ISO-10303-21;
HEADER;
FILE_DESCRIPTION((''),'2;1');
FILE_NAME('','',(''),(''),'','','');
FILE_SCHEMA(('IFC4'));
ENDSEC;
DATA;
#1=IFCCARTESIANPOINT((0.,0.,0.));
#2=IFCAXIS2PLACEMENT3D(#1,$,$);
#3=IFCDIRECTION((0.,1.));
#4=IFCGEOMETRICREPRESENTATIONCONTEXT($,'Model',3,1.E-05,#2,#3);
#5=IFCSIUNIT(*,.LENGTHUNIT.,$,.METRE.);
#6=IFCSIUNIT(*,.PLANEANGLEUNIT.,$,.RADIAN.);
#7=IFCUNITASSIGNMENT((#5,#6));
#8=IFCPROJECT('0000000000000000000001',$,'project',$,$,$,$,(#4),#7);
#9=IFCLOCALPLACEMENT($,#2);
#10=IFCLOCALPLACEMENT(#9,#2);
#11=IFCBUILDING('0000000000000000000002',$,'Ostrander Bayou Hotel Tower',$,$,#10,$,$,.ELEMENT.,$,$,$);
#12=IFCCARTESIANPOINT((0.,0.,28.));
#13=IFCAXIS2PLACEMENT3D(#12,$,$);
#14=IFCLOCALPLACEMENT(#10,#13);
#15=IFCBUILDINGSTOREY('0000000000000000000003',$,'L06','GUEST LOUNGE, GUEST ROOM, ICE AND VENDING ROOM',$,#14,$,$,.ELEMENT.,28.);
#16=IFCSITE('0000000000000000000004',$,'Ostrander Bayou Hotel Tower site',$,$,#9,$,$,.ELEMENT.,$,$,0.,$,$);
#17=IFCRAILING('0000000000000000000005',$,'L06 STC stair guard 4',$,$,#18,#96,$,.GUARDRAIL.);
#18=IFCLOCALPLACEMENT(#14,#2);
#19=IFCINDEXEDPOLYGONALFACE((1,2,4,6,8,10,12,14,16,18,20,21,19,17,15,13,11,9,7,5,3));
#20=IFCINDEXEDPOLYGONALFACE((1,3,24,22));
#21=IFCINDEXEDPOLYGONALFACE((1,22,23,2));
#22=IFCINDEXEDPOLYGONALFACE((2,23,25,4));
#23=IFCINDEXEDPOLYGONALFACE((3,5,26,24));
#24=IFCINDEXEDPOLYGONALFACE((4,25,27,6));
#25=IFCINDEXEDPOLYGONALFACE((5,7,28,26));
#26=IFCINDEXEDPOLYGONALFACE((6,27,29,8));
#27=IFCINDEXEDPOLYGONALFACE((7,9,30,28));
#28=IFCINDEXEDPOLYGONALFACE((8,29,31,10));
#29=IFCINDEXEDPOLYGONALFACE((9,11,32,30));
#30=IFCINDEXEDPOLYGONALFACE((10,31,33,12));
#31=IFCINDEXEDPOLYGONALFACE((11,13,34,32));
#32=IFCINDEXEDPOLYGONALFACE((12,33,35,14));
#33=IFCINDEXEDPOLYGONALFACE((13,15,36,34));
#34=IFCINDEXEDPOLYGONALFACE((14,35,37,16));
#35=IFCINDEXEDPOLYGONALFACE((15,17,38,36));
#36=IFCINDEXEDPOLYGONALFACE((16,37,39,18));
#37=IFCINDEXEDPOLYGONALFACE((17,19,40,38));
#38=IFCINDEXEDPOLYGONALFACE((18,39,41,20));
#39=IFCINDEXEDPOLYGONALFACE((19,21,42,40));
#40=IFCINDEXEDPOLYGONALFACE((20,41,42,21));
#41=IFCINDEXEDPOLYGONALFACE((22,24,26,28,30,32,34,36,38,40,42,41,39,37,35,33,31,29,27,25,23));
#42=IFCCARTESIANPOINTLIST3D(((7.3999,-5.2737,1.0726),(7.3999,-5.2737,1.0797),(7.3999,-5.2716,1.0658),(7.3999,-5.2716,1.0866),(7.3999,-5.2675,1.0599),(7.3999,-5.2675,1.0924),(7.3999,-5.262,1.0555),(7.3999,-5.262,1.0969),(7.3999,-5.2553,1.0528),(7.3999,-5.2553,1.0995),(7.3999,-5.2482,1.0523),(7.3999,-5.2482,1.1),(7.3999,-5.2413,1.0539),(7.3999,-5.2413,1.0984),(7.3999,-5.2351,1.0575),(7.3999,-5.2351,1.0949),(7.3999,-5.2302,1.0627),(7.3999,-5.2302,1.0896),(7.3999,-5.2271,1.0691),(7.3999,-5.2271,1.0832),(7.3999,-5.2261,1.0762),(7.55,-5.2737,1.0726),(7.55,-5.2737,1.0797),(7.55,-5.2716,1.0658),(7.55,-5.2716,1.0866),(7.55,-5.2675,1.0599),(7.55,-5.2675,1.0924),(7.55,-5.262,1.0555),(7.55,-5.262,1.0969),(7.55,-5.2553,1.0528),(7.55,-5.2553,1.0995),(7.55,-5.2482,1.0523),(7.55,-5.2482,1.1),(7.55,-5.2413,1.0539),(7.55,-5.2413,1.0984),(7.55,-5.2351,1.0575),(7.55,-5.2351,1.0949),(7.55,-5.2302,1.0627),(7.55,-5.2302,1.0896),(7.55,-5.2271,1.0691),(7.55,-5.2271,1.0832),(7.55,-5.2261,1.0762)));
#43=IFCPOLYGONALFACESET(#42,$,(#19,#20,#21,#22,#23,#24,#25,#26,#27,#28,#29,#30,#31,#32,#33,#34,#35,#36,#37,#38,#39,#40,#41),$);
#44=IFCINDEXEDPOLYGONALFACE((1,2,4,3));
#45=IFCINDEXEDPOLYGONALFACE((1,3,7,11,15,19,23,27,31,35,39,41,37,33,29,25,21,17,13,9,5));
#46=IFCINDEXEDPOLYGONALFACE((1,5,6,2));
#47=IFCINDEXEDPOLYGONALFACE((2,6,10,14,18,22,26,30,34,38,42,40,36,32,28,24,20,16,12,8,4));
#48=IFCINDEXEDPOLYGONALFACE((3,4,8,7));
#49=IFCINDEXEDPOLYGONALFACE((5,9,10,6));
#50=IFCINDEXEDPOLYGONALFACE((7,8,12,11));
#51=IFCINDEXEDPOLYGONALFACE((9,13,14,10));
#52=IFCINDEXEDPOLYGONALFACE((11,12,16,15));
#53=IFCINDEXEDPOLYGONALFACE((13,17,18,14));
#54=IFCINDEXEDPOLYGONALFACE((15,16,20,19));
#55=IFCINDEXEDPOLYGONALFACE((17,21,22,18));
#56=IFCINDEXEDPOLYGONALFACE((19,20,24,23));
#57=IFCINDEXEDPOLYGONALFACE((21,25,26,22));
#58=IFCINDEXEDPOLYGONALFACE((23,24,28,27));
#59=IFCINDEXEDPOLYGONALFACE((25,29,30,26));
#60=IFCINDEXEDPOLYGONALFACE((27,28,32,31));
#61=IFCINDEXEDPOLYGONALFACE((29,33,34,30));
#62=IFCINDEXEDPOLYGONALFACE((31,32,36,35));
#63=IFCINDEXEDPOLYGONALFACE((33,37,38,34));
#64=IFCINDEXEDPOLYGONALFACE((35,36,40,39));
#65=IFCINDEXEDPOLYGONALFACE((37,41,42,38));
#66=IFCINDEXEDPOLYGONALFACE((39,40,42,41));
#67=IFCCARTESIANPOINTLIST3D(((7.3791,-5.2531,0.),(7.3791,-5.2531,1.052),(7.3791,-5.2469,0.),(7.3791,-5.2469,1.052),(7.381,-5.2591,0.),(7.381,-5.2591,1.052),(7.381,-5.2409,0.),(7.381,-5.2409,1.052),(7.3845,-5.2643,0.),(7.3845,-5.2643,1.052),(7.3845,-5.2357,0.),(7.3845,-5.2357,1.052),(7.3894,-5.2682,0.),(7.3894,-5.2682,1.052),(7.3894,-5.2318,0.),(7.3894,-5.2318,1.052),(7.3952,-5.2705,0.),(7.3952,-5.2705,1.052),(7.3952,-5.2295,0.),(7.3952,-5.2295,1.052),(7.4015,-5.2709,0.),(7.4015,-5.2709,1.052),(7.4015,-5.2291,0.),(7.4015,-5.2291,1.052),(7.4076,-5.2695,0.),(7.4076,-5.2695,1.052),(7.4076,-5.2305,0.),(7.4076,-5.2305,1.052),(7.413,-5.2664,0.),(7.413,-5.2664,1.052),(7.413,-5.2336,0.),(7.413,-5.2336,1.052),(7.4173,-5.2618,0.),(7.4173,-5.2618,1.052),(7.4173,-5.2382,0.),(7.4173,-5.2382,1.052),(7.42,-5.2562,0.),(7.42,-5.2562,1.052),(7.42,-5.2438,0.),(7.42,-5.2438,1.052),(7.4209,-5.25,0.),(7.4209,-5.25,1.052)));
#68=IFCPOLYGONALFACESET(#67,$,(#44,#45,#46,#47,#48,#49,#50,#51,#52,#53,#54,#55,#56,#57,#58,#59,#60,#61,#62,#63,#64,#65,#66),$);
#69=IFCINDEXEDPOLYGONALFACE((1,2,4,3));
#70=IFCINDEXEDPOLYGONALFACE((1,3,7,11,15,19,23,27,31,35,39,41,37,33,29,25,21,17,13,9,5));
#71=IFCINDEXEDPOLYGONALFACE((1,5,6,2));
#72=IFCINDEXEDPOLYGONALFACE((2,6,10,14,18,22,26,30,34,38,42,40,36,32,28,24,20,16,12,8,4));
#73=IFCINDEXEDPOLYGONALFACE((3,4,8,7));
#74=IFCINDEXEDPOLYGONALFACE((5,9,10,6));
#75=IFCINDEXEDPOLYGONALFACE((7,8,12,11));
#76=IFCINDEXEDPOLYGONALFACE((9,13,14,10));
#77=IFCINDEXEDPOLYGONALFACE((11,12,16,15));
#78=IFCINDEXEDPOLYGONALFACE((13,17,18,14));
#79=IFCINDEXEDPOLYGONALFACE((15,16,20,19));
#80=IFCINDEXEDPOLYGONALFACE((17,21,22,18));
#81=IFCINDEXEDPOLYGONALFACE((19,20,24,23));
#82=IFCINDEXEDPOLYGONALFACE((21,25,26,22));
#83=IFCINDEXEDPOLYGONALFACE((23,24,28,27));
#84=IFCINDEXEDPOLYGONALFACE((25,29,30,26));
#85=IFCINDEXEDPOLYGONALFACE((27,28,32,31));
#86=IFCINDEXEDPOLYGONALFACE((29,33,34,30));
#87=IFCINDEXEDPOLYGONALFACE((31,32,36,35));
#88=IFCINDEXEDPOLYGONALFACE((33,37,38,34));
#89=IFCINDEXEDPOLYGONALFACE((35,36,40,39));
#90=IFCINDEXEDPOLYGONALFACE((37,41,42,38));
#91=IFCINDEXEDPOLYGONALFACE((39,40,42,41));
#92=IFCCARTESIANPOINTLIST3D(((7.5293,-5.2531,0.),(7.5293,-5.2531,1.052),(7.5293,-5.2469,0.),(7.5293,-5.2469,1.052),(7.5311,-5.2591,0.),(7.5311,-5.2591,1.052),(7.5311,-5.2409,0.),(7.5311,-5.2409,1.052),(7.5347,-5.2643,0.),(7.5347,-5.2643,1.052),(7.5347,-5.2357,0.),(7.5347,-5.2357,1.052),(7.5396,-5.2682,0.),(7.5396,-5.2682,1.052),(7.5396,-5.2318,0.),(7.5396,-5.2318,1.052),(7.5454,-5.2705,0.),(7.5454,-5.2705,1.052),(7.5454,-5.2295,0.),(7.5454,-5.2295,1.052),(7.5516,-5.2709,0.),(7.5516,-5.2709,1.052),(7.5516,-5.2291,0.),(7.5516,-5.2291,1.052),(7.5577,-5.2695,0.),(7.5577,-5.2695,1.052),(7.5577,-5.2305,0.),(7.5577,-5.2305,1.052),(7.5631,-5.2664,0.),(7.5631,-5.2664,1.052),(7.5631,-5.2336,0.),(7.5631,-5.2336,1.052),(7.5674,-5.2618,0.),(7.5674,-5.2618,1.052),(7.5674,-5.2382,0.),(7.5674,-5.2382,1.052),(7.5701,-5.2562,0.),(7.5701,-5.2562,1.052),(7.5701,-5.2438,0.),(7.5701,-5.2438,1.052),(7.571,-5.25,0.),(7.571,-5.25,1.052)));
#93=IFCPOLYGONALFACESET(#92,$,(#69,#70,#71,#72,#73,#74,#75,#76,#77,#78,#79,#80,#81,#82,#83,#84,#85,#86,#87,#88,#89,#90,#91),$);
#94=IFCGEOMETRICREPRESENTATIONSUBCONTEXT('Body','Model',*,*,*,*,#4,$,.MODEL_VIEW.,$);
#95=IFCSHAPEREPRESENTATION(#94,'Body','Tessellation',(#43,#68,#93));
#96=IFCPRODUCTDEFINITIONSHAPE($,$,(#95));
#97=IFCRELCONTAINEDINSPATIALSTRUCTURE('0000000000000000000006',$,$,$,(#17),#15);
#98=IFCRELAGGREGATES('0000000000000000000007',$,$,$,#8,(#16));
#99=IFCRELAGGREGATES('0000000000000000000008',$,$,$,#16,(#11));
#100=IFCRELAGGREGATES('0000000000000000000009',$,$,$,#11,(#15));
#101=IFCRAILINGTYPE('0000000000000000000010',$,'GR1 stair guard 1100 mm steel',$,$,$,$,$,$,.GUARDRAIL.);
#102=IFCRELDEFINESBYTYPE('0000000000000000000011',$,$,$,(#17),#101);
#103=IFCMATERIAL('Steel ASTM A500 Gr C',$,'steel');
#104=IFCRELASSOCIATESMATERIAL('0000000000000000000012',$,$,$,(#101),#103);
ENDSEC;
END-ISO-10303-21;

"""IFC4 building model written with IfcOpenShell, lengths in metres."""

from ifc_helpers import new_model, si_unit, direction, frame, origin, origin_2d, place, context, subcontext, project, spatial, circle, extrude, material, type_object, element, save


model = new_model("IFC4")

# Units and contexts
model_context = context("Model", 3, precision=1e-05, world=origin(), true_north=direction((0.0, 1.0)))
body_context = subcontext(model_context, "Body", "Model", "MODEL_VIEW")
ifc_project = project(units=[si_unit("LENGTHUNIT", "METRE"), si_unit("PLANEANGLEUNIT", "RADIAN")], contexts=[model_context])

# Site, building, storey
site_placement = place(None, origin())
site = spatial("IfcSite", under=ifc_project, at=site_placement, Name="Ostrander Bayou Hotel Tower site", CompositionType="ELEMENT", RefElevation=0.0)
building_placement = place(site_placement, origin())
building = spatial("IfcBuilding", under=site, at=building_placement, Name="Ostrander Bayou Hotel Tower", CompositionType="ELEMENT")
storey_placement = place(building_placement, frame((0.0, 0.0, 28.0)))
storey = spatial("IfcBuildingStorey", under=building, at=storey_placement, Name="L06", Description="GUEST LOUNGE, GUEST ROOM, ICE AND VENDING ROOM", CompositionType="ELEMENT", Elevation=28.0)

# Railing
ifc_material_1 = material(Name="Steel ASTM A500 Gr C", Category="steel")
railing_type = type_object("IfcRailingType", Name="GR1 stair guard 1100 mm steel", PredefinedType="GUARDRAIL", material=ifc_material_1)
railing_1_placement = place(storey_placement, frame((7.3999, -5.25, 0.0)))
element("IfcRailing", 1, at=railing_1_placement, inside=storey, type_object=railing_type, Name="L06 STC stair guard 4", PredefinedType="GUARDRAIL", context=body_context, shape_type="SweptSolid", body=[
    extrude(circle(Radius=0.0239, at=origin_2d()), frame((0.0, 0.0, 1.0762), z_axis=(1.0, 0.0, 0.0), x_axis=(0.0, 1.0, 0.0)), (0.0, 0.0, 1.0), 0.1501),
    extrude(circle(Radius=0.021, at=origin_2d()), origin(), (0.0, 0.0, 1.0), 1.052),
    extrude(circle(Radius=0.021, at=origin_2d()), frame((0.1501, 0.0, 0.0)), (0.0, 0.0, 1.0), 1.052),
])

save(model, "model.ifc")
